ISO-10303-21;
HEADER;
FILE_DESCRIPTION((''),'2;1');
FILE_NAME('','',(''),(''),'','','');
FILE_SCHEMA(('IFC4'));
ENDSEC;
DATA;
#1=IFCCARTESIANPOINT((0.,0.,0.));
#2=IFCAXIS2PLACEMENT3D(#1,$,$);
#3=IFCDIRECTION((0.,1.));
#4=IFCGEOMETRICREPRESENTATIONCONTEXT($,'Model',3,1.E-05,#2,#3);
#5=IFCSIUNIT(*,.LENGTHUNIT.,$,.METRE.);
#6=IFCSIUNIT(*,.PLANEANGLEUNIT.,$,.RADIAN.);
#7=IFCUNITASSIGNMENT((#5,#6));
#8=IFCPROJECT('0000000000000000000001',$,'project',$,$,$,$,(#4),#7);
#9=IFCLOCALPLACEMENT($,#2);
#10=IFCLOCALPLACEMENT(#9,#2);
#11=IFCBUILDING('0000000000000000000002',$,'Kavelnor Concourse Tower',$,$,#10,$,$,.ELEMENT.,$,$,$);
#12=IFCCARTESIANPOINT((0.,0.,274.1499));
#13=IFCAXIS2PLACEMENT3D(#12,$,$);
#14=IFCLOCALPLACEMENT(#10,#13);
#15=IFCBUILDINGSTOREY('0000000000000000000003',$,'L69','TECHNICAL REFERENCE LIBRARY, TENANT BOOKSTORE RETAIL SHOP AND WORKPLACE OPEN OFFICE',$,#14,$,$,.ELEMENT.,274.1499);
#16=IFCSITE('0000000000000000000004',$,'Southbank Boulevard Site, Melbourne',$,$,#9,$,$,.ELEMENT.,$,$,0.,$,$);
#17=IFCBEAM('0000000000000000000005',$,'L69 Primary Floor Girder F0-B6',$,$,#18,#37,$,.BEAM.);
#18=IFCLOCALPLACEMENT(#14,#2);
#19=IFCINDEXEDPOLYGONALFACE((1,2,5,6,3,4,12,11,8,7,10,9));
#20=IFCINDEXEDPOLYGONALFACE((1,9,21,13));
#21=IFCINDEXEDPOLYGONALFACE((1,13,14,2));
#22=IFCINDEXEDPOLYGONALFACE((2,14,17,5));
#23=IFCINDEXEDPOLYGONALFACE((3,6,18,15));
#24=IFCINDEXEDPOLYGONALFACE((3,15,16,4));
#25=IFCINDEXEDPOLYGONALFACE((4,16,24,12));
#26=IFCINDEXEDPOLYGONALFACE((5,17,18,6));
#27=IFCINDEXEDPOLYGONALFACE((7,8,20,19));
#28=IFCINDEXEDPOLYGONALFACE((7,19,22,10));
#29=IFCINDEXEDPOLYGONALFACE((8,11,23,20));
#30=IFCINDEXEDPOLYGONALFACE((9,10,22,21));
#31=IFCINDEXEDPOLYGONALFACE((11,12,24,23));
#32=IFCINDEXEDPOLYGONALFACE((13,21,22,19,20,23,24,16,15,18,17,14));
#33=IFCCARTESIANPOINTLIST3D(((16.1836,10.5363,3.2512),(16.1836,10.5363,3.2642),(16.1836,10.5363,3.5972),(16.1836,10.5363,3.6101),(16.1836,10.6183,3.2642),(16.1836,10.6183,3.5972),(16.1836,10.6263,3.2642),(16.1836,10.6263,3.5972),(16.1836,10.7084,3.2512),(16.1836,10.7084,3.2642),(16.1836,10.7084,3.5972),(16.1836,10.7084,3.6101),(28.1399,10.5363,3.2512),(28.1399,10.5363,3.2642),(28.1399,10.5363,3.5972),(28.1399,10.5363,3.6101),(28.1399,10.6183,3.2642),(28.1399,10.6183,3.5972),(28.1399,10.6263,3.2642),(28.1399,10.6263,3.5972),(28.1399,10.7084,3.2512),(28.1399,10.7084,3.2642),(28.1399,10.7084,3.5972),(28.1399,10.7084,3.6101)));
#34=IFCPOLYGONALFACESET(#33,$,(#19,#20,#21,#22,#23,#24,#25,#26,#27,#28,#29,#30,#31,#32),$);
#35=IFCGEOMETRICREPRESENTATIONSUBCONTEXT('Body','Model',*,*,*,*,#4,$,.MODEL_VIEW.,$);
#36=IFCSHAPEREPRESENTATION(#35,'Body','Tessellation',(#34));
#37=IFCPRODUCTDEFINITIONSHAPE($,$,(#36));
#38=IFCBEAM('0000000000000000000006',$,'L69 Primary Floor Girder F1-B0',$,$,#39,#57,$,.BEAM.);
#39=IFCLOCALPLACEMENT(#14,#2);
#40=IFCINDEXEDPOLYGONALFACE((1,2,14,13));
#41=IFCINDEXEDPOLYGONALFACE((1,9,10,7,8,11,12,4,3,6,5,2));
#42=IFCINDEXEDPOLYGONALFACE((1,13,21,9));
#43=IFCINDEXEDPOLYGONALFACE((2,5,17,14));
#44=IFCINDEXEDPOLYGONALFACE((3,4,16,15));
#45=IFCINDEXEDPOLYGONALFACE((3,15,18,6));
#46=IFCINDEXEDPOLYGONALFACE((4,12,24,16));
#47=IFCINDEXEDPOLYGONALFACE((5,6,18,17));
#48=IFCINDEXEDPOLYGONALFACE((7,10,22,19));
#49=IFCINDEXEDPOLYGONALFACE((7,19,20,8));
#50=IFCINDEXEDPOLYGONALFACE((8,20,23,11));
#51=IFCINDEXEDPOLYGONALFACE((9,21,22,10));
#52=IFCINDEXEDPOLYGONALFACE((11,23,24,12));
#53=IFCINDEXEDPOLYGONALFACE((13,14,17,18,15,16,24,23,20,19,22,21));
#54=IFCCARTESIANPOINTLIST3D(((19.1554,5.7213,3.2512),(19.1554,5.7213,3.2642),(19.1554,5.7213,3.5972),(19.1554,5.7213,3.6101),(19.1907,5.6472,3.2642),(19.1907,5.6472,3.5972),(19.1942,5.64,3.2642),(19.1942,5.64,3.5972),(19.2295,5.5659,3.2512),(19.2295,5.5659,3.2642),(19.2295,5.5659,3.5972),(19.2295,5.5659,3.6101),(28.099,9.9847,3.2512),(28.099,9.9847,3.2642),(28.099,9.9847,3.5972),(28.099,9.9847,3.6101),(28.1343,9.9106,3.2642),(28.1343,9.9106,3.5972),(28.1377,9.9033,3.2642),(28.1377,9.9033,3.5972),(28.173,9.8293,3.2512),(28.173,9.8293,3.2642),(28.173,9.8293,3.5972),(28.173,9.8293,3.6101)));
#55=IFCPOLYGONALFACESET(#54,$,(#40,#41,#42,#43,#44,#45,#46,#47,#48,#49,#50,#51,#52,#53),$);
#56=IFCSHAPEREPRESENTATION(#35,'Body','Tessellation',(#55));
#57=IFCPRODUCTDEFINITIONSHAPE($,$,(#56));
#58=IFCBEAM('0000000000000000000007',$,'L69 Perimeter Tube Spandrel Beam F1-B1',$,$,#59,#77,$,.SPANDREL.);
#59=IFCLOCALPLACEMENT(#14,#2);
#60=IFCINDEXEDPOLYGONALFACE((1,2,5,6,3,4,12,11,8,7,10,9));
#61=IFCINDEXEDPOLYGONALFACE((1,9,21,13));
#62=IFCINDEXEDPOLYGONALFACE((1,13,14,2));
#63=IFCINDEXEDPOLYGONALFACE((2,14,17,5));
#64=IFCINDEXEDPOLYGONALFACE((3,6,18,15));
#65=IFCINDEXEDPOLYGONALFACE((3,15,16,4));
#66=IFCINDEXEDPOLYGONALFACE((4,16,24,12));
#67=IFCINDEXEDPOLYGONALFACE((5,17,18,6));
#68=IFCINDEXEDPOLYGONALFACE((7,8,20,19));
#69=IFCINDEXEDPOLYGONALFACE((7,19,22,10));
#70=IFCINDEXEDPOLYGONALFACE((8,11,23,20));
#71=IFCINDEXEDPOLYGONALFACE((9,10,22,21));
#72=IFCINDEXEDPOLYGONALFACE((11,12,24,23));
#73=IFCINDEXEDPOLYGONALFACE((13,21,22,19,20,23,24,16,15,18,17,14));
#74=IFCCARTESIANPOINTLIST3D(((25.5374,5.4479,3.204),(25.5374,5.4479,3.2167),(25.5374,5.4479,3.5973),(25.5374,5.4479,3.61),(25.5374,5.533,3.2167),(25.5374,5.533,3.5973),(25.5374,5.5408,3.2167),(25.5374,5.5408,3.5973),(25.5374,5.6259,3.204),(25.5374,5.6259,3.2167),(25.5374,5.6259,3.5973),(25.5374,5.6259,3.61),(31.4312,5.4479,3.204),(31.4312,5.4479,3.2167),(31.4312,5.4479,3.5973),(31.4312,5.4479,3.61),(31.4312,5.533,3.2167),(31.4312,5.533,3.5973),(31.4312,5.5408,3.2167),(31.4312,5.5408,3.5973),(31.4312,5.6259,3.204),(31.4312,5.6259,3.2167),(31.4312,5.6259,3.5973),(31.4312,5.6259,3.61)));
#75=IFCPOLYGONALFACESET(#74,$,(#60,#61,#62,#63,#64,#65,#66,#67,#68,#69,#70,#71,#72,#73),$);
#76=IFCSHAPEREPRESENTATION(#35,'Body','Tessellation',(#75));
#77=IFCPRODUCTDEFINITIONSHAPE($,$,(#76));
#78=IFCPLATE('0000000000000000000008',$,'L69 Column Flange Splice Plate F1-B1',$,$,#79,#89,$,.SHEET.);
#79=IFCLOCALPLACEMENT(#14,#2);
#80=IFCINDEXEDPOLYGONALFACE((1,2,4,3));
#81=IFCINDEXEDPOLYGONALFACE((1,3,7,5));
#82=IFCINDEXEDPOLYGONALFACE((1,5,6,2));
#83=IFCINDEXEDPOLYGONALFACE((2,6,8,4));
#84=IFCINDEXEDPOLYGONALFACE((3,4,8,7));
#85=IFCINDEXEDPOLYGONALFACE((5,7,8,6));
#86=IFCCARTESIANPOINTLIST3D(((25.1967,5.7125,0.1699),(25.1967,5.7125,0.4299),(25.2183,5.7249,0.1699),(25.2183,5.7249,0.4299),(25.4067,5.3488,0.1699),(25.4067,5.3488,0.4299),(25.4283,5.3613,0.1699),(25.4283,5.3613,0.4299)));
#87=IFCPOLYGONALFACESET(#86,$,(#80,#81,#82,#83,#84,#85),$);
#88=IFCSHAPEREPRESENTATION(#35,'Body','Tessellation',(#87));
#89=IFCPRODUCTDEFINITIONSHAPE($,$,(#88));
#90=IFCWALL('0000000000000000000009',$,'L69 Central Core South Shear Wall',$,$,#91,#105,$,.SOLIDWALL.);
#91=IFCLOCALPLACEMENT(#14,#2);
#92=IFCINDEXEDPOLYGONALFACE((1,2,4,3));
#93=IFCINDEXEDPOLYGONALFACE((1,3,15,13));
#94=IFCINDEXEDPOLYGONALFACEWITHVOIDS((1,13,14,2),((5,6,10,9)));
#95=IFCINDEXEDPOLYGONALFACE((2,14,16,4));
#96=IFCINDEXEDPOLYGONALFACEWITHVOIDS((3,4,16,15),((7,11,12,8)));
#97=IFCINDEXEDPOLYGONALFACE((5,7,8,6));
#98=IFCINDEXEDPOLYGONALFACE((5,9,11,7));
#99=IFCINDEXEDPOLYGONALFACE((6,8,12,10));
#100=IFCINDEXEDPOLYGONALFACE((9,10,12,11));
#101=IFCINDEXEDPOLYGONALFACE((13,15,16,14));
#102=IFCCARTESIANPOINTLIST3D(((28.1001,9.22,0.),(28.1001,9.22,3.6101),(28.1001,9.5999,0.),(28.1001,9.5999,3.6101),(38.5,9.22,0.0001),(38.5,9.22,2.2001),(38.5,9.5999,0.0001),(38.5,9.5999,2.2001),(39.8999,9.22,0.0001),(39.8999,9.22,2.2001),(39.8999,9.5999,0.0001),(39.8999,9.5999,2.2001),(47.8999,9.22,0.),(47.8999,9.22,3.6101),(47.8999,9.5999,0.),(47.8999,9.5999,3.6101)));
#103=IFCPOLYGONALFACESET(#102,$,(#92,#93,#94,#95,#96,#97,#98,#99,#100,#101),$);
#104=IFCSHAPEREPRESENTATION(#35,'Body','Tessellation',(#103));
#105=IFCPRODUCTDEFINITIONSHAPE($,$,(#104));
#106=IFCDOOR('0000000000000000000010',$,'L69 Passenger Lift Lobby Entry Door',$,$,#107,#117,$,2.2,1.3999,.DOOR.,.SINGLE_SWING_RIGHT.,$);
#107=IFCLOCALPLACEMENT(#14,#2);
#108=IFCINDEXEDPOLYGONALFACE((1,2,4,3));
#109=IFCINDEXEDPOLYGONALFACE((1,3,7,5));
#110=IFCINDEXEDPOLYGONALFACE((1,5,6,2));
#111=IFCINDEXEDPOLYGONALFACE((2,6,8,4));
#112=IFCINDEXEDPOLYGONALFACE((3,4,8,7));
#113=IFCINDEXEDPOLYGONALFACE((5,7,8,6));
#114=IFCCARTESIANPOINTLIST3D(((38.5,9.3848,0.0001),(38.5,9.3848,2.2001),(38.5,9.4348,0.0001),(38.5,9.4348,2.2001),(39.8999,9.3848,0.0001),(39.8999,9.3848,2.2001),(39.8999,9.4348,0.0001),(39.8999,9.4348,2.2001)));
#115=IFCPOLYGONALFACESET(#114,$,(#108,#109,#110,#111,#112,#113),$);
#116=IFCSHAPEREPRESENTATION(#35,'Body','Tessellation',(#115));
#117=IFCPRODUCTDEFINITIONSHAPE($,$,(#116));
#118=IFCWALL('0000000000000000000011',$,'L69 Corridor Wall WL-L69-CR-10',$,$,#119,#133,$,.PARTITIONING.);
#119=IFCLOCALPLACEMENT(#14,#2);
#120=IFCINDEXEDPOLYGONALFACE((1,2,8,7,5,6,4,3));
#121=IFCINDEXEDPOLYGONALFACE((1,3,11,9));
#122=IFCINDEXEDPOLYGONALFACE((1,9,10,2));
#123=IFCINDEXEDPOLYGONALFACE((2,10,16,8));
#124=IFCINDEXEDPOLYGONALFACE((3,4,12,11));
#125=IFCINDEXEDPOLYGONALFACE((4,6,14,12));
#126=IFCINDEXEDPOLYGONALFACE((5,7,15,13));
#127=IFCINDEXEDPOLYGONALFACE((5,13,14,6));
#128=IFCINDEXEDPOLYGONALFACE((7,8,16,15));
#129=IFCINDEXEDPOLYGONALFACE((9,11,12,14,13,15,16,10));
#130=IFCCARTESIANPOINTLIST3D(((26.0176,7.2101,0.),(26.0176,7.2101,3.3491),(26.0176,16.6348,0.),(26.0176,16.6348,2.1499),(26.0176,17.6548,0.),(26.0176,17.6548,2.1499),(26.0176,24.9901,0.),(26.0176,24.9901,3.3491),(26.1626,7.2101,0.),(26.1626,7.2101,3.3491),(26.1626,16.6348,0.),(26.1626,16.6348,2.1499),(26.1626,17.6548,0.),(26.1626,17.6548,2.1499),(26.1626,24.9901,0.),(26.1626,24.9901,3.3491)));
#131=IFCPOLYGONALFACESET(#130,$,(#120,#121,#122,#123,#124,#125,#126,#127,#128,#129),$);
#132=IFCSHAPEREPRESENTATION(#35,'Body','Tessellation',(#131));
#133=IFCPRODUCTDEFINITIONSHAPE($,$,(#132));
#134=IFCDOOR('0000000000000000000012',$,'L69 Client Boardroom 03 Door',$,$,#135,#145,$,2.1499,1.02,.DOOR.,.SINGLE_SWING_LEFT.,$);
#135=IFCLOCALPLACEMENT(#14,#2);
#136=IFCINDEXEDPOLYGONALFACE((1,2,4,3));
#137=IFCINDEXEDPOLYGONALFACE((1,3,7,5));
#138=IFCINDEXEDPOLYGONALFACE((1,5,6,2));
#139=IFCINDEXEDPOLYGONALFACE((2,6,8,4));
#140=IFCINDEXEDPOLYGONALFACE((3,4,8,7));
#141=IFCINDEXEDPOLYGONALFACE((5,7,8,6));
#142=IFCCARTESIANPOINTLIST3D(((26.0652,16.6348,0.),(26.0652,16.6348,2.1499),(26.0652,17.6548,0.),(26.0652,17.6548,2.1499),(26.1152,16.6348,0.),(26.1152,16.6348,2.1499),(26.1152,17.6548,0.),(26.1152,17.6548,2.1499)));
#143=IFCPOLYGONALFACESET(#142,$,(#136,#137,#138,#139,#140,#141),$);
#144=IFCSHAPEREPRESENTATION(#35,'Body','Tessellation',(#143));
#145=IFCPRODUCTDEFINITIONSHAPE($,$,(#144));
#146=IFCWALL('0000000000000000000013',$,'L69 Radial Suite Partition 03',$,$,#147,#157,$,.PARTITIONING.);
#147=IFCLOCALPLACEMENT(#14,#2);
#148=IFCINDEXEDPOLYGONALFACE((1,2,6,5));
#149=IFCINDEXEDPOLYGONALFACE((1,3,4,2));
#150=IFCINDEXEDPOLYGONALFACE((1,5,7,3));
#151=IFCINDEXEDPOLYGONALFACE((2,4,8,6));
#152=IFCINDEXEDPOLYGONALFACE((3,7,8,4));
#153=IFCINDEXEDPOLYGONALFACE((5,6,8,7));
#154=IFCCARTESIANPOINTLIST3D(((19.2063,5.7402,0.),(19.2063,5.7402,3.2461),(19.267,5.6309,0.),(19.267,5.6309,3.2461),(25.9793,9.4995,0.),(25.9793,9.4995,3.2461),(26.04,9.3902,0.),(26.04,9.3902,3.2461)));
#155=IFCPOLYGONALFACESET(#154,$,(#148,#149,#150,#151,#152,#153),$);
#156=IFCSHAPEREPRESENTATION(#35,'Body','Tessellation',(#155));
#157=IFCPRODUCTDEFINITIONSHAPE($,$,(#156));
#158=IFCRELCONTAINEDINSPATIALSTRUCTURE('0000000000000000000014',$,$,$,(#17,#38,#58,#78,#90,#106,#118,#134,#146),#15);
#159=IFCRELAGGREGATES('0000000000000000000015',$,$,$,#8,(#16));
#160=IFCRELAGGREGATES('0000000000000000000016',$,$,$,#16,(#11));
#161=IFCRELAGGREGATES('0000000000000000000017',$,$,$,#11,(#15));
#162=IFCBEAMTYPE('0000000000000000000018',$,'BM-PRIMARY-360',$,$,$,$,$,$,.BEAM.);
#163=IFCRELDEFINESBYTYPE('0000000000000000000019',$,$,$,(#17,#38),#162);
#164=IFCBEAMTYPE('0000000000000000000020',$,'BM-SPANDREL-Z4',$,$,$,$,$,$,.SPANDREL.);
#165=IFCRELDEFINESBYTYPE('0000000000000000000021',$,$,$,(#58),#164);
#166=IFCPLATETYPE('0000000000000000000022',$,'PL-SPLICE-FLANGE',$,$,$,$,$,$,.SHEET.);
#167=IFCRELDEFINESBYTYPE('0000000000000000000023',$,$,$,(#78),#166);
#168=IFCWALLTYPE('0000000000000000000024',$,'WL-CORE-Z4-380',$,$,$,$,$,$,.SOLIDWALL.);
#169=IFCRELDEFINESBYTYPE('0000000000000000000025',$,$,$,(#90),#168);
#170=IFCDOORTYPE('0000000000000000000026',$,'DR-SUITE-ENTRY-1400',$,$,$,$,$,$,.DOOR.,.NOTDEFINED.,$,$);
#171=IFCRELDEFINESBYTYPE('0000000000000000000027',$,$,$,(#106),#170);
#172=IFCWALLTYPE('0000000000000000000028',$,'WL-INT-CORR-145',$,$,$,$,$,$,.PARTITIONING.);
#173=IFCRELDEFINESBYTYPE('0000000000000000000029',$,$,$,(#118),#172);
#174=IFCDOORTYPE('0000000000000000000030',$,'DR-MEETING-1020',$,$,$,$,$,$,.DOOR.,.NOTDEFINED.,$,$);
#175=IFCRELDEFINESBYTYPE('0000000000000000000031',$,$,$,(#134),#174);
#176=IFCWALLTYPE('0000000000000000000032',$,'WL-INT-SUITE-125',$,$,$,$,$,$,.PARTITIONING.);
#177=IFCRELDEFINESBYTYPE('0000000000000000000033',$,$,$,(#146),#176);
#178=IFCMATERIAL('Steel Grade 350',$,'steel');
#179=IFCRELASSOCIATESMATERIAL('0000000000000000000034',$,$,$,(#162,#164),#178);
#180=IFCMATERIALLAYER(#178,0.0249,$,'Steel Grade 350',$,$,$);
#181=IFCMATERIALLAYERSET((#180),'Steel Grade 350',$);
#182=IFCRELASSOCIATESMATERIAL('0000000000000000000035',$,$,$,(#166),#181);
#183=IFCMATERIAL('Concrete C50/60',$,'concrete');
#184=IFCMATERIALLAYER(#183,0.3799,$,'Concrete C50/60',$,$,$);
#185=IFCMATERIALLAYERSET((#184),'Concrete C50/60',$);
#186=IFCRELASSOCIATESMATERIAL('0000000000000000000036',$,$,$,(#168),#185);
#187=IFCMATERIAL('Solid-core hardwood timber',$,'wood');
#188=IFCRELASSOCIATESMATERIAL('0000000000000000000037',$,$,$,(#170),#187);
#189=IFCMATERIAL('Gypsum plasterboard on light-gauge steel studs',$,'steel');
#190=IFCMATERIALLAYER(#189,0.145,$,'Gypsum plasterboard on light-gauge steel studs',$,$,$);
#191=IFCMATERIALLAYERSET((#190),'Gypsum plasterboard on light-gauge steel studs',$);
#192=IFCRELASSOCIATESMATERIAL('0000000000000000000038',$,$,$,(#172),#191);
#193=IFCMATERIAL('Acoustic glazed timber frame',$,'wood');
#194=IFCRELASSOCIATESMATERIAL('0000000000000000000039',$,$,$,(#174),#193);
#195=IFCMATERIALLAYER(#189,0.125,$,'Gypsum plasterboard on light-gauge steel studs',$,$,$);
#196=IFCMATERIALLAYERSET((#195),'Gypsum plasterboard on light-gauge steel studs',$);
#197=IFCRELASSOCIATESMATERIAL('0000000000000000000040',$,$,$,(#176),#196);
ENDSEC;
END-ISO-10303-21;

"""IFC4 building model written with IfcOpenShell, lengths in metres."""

from ifc_helpers import new_model, si_unit, direction, frame, frame_2d, origin, origin_2d, place, context, subcontext, project, spatial, rectangle, i_section, extrude, material, layer, layer_set, material_profile, profile_set, type_object, element, fill, save


model = new_model("IFC4")

# Units and contexts
model_context = context("Model", 3, precision=1e-05, world=origin(), true_north=direction((0.0, 1.0)))
body_context = subcontext(model_context, "Body", "Model", "MODEL_VIEW")
ifc_project = project(units=[si_unit("LENGTHUNIT", "METRE"), si_unit("PLANEANGLEUNIT", "RADIAN")], contexts=[model_context])

# Site, building, storey
site_placement = place(None, origin())
site = spatial("IfcSite", under=ifc_project, at=site_placement, Name="Southbank Boulevard Site, Melbourne", CompositionType="ELEMENT", RefElevation=0.0)
building_placement = place(site_placement, origin())
building = spatial("IfcBuilding", under=site, at=building_placement, Name="Kavelnor Concourse Tower", CompositionType="ELEMENT")
storey_placement = place(building_placement, frame((0.0, 0.0, 274.1499)))
storey = spatial("IfcBuildingStorey", under=building, at=storey_placement, Name="L69", Description="TECHNICAL REFERENCE LIBRARY, TENANT BOOKSTORE RETAIL SHOP AND WORKPLACE OPEN OFFICE", CompositionType="ELEMENT", Elevation=274.1499)

# Shared definitions
ifc_material_1 = material(Name="Steel Grade 350", Category="steel")

# Beams
ifc_material_profile_1 = material_profile(ifc_material_1, i_section(OverallWidth=0.1721, OverallDepth=0.3589, WebThickness=0.0081, FlangeThickness=0.0129, at=origin_2d()), Name="360UB56")
ifc_profile_set_1 = profile_set([ifc_material_profile_1], Name="Steel Grade 350")
beam_type_1 = type_object("IfcBeamType", Name="BM-PRIMARY-360", PredefinedType="BEAM", material=ifc_profile_set_1)
beam_1_placement = place(storey_placement, frame((28.1399, 10.6223, 3.4307), z_axis=(-1.0, 0.0, 0.0), x_axis=(0.0, -1.0, 0.0)))
element("IfcBeam", 1, at=beam_1_placement, inside=storey, type_object=beam_type_1, Name="L69 Primary Floor Girder F0-B6", PredefinedType="BEAM", context=body_context, shape_type="SweptSolid", body=[
    extrude(i_section(OverallWidth=0.1721, OverallDepth=0.3589, WebThickness=0.0081, FlangeThickness=0.0129, at=origin_2d()), origin(), (0.0, 0.0, 1.0), 11.9563),
])
beam_2_placement = place(storey_placement, frame((28.136, 9.907, 3.4307), z_axis=(-0.902681, -0.430309, 0.0), x_axis=(0.430309, -0.902681, 0.0)))
element("IfcBeam", 2, at=beam_2_placement, inside=storey, type_object=beam_type_1, Name="L69 Primary Floor Girder F1-B0", PredefinedType="BEAM", context=body_context, shape_type="SweptSolid", body=[
    extrude(i_section(OverallWidth=0.1721, OverallDepth=0.3589, WebThickness=0.0081, FlangeThickness=0.0129, at=origin_2d()), origin(), (0.0, 0.0, 1.0), 9.9077),
])
ifc_material_profile_2 = material_profile(ifc_material_1, i_section(OverallWidth=0.178, OverallDepth=0.406, WebThickness=0.0078, FlangeThickness=0.0127, at=origin_2d()), Name="410UB59")
ifc_profile_set_2 = profile_set([ifc_material_profile_2], Name="Steel Grade 350")
beam_type_2 = type_object("IfcBeamType", Name="BM-SPANDREL-Z4", PredefinedType="SPANDREL", material=ifc_profile_set_2)
beam_3_placement = place(storey_placement, frame((25.5374, 5.5369, 3.407), z_axis=(1.0, 0.0, 0.0), x_axis=(0.0, 1.0, 0.0)))
element("IfcBeam", 3, at=beam_3_placement, inside=storey, type_object=beam_type_2, Name="L69 Perimeter Tube Spandrel Beam F1-B1", PredefinedType="SPANDREL", context=body_context, shape_type="SweptSolid", body=[
    extrude(i_section(OverallWidth=0.178, OverallDepth=0.406, WebThickness=0.0078, FlangeThickness=0.0127, at=origin_2d()), origin(), (0.0, 0.0, 1.0), 5.8938),
])

# Plate
ifc_layer_1 = layer(ifc_material_1, 0.0249, Name="Steel Grade 350")
ifc_layer_set_1 = layer_set([ifc_layer_1], Name="Steel Grade 350")
plate_type = type_object("IfcPlateType", Name="PL-SPLICE-FLANGE", PredefinedType="SHEET", material=ifc_layer_set_1)
plate_placement = place(storey_placement, frame((25.3125, 5.5369, 0.1699), z_axis=(0.0, 0.0, 1.0), x_axis=(-0.5, 0.866025, 0.0)))
element("IfcPlate", 4, at=plate_placement, inside=storey, type_object=plate_type, Name="L69 Column Flange Splice Plate F1-B1", PredefinedType="SHEET", context=body_context, shape_type="SweptSolid", body=[
    extrude(rectangle(XDim=0.4199, YDim=0.0249, at=origin_2d()), origin(), (0.0, 0.0, 1.0), 0.26),
])

# Walls, openings, doors
ifc_material_2 = material(Name="Concrete C50/60", Category="concrete")
ifc_layer_2 = layer(ifc_material_2, 0.3799, Name="Concrete C50/60")
ifc_layer_set_2 = layer_set([ifc_layer_2], Name="Concrete C50/60")
wall_type_1 = type_object("IfcWallType", Name="WL-CORE-Z4-380", PredefinedType="SOLIDWALL", material=ifc_layer_set_2)
wall_1_placement = place(storey_placement, frame((28.1001, 9.4099, 0.0), z_axis=(0.0, 0.0, 1.0), x_axis=(1.0, 0.0, 0.0)))
wall_1 = element("IfcWall", 5, at=wall_1_placement, inside=storey, type_object=wall_type_1, Name="L69 Central Core South Shear Wall", PredefinedType="SOLIDWALL", context=body_context, shape_type="SweptSolid", body=[
    extrude(rectangle(XDim=19.7998, YDim=0.3799, at=frame_2d((9.8999, 0.0))), origin(), (0.0, 0.0, 1.0), 3.6101),
])
opening_1_placement = place(wall_1_placement, frame((10.3999, 0.0, 0.0)))
opening_1 = element("IfcOpeningElement", 6, at=opening_1_placement, cuts=wall_1, PredefinedType="OPENING", context=body_context, shape_type="SweptSolid", body=[
    extrude(rectangle(XDim=1.3999, YDim=2.2, at=frame_2d((0.7, 1.1001))), frame((0.0, 0.2, 0.0), z_axis=(0.0, -1.0, 0.0), x_axis=(1.0, 0.0, 0.0)), (0.0, 0.0, 1.0), 0.3999),
])
ifc_material_3 = material(Name="Solid-core hardwood timber", Category="wood")
door_type_1 = type_object("IfcDoorType", Name="DR-SUITE-ENTRY-1400", OperationType="NOTDEFINED", PredefinedType="DOOR", material=ifc_material_3)
door_1_placement = place(opening_1_placement, origin())
door_1 = element("IfcDoor", 7, at=door_1_placement, inside=storey, type_object=door_type_1, Name="L69 Passenger Lift Lobby Entry Door", OperationType="SINGLE_SWING_RIGHT", OverallHeight=2.2, OverallWidth=1.3999, PredefinedType="DOOR", context=body_context, shape_type="SweptSolid", body=[
    extrude(rectangle(XDim=1.3999, YDim=2.2, at=frame_2d((0.7, 1.1001))), frame((0.0, 0.0249, 0.0), z_axis=(0.0, -1.0, 0.0), x_axis=(1.0, 0.0, 0.0)), (0.0, 0.0, 1.0), 0.05),
])
fill(opening_1, door_1)
ifc_material_4 = material(Name="Gypsum plasterboard on light-gauge steel studs", Category="steel")
ifc_layer_3 = layer(ifc_material_4, 0.145, Name="Gypsum plasterboard on light-gauge steel studs")
ifc_layer_set_3 = layer_set([ifc_layer_3], Name="Gypsum plasterboard on light-gauge steel studs")
wall_type_2 = type_object("IfcWallType", Name="WL-INT-CORR-145", PredefinedType="PARTITIONING", material=ifc_layer_set_3)
wall_2_placement = place(storey_placement, frame((26.0901, 7.21, 0.0), z_axis=(0.0, 0.0, 1.0), x_axis=(0.0, 1.0, 0.0)))
wall_2 = element("IfcWall", 8, at=wall_2_placement, inside=storey, type_object=wall_type_2, Name="L69 Corridor Wall WL-L69-CR-10", PredefinedType="PARTITIONING", context=body_context, shape_type="SweptSolid", body=[
    extrude(rectangle(XDim=17.78, YDim=0.145, at=frame_2d((8.8901, 0.0))), origin(), (0.0, 0.0, 1.0), 3.3491),
])
opening_2_placement = place(wall_2_placement, frame((9.4248, 0.0, 0.0)))
opening_2 = element("IfcOpeningElement", 9, at=opening_2_placement, cuts=wall_2, PredefinedType="OPENING", context=body_context, shape_type="SweptSolid", body=[
    extrude(rectangle(XDim=1.02, YDim=2.1499, at=frame_2d((0.51, 1.075))), frame((0.0, 0.0825, 0.0), z_axis=(0.0, -1.0, 0.0), x_axis=(1.0, 0.0, 0.0)), (0.0, 0.0, 1.0), 0.165),
])
ifc_material_5 = material(Name="Acoustic glazed timber frame", Category="wood")
door_type_2 = type_object("IfcDoorType", Name="DR-MEETING-1020", OperationType="NOTDEFINED", PredefinedType="DOOR", material=ifc_material_5)
door_2_placement = place(opening_2_placement, origin())
door_2 = element("IfcDoor", 10, at=door_2_placement, inside=storey, type_object=door_type_2, Name="L69 Client Boardroom 03 Door", OperationType="SINGLE_SWING_LEFT", OverallHeight=2.1499, OverallWidth=1.02, PredefinedType="DOOR", context=body_context, shape_type="SweptSolid", body=[
    extrude(rectangle(XDim=1.02, YDim=2.1499, at=frame_2d((0.51, 1.075))), frame((0.0, 0.0249, 0.0), z_axis=(0.0, -1.0, 0.0), x_axis=(1.0, 0.0, 0.0)), (0.0, 0.0, 1.0), 0.05),
])
fill(opening_2, door_2)

# Wall
ifc_layer_4 = layer(ifc_material_4, 0.125, Name="Gypsum plasterboard on light-gauge steel studs")
ifc_layer_set_4 = layer_set([ifc_layer_4], Name="Gypsum plasterboard on light-gauge steel studs")
wall_type_3 = type_object("IfcWallType", Name="WL-INT-SUITE-125", PredefinedType="PARTITIONING", material=ifc_layer_set_4)
wall_3_placement = place(storey_placement, frame((26.0095, 9.4448, 0.0), z_axis=(0.0, 0.0, 1.0), x_axis=(-0.874348, -0.4853, 0.0)))
element("IfcWall", 11, at=wall_3_placement, inside=storey, type_object=wall_type_3, Name="L69 Radial Suite Partition 03", PredefinedType="PARTITIONING", context=body_context, shape_type="SweptSolid", body=[
    extrude(rectangle(XDim=7.7463, YDim=0.125, at=frame_2d((3.873, 0.0))), origin(), (0.0, 0.0, 1.0), 3.2461),
])

save(model, "model.ifc")
